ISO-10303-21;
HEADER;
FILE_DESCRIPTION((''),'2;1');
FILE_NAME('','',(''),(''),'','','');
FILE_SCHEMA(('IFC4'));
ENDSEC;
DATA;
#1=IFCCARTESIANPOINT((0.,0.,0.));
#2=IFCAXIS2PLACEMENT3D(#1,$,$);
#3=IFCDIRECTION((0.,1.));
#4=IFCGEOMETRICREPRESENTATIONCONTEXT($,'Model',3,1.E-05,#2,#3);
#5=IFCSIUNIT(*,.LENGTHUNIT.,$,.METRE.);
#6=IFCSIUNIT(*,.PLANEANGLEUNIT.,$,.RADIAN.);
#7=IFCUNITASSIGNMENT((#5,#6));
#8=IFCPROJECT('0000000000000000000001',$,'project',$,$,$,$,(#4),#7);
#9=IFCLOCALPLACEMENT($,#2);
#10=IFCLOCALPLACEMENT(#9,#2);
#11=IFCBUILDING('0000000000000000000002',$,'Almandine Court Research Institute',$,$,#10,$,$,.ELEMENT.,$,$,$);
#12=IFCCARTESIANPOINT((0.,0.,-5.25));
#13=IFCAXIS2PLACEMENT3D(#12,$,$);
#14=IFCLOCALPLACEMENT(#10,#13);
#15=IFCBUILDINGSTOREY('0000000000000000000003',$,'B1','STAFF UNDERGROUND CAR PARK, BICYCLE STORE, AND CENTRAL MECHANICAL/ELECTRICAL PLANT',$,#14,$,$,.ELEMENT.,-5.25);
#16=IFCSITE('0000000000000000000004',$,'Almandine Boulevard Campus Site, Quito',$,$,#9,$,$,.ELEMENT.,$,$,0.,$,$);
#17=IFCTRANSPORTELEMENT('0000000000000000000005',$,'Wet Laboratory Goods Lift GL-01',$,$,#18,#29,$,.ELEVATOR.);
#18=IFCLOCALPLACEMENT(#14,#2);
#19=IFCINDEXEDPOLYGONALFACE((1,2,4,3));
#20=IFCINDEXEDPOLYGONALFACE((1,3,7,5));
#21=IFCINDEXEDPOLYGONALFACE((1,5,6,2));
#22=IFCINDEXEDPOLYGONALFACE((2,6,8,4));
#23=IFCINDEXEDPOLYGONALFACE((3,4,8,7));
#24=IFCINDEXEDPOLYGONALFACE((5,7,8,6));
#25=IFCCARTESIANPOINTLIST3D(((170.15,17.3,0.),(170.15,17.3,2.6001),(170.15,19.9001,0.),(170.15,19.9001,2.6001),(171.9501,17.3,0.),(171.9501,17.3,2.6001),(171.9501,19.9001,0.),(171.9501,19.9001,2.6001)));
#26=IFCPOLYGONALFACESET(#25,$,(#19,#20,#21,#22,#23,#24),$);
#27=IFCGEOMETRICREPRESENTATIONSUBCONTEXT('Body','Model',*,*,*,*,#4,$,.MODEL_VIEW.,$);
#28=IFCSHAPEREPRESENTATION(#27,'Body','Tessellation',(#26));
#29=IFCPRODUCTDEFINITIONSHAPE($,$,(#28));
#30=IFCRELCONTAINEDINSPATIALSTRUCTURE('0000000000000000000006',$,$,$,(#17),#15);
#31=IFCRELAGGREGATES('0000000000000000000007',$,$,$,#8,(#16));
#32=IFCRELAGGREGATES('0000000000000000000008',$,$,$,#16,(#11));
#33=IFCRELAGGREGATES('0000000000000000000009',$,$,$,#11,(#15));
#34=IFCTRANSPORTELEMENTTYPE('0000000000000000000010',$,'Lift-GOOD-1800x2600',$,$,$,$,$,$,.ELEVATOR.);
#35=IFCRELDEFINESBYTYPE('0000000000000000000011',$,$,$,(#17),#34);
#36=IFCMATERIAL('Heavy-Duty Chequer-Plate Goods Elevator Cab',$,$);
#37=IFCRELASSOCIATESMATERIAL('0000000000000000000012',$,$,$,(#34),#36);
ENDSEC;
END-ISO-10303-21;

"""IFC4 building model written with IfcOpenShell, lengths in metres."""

from ifc_helpers import new_model, si_unit, direction, frame, origin, origin_2d, place, context, subcontext, project, spatial, rectangle, extrude, material, type_object, element, save


model = new_model("IFC4")

# Units and contexts
model_context = context("Model", 3, precision=1e-05, world=origin(), true_north=direction((0.0, 1.0)))
body_context = subcontext(model_context, "Body", "Model", "MODEL_VIEW")
ifc_project = project(units=[si_unit("LENGTHUNIT", "METRE"), si_unit("PLANEANGLEUNIT", "RADIAN")], contexts=[model_context])

# Site, building, storey
site_placement = place(None, origin())
site = spatial("IfcSite", under=ifc_project, at=site_placement, Name="Almandine Boulevard Campus Site, Quito", CompositionType="ELEMENT", RefElevation=0.0)
building_placement = place(site_placement, origin())
building = spatial("IfcBuilding", under=site, at=building_placement, Name="Almandine Court Research Institute", CompositionType="ELEMENT")
storey_placement = place(building_placement, frame((0.0, 0.0, -5.25)))
storey = spatial("IfcBuildingStorey", under=building, at=storey_placement, Name="B1", Description="STAFF UNDERGROUND CAR PARK, BICYCLE STORE, AND CENTRAL MECHANICAL/ELECTRICAL PLANT", CompositionType="ELEMENT", Elevation=-5.25)

# Transport element
ifc_material_1 = material(Name="Heavy-Duty Chequer-Plate Goods Elevator Cab")
transport_element_type_1 = type_object("IfcTransportElementType", Name="Lift-GOOD-1800x2600", PredefinedType="ELEVATOR", material=ifc_material_1)
transport_element_1_placement = place(storey_placement, frame((171.05, 18.6001, 0.0), z_axis=(0.0, 0.0, 1.0), x_axis=(1.0, 0.0, 0.0)))
element("IfcTransportElement", 1, at=transport_element_1_placement, inside=storey, type_object=transport_element_type_1, Name="Wet Laboratory Goods Lift GL-01", PredefinedType="ELEVATOR", context=body_context, shape_type="SweptSolid", body=[
    extrude(rectangle(XDim=1.8, YDim=2.6001, at=origin_2d()), origin(), (0.0, 0.0, 1.0), 2.6001),
])

save(model, "model.ifc")
